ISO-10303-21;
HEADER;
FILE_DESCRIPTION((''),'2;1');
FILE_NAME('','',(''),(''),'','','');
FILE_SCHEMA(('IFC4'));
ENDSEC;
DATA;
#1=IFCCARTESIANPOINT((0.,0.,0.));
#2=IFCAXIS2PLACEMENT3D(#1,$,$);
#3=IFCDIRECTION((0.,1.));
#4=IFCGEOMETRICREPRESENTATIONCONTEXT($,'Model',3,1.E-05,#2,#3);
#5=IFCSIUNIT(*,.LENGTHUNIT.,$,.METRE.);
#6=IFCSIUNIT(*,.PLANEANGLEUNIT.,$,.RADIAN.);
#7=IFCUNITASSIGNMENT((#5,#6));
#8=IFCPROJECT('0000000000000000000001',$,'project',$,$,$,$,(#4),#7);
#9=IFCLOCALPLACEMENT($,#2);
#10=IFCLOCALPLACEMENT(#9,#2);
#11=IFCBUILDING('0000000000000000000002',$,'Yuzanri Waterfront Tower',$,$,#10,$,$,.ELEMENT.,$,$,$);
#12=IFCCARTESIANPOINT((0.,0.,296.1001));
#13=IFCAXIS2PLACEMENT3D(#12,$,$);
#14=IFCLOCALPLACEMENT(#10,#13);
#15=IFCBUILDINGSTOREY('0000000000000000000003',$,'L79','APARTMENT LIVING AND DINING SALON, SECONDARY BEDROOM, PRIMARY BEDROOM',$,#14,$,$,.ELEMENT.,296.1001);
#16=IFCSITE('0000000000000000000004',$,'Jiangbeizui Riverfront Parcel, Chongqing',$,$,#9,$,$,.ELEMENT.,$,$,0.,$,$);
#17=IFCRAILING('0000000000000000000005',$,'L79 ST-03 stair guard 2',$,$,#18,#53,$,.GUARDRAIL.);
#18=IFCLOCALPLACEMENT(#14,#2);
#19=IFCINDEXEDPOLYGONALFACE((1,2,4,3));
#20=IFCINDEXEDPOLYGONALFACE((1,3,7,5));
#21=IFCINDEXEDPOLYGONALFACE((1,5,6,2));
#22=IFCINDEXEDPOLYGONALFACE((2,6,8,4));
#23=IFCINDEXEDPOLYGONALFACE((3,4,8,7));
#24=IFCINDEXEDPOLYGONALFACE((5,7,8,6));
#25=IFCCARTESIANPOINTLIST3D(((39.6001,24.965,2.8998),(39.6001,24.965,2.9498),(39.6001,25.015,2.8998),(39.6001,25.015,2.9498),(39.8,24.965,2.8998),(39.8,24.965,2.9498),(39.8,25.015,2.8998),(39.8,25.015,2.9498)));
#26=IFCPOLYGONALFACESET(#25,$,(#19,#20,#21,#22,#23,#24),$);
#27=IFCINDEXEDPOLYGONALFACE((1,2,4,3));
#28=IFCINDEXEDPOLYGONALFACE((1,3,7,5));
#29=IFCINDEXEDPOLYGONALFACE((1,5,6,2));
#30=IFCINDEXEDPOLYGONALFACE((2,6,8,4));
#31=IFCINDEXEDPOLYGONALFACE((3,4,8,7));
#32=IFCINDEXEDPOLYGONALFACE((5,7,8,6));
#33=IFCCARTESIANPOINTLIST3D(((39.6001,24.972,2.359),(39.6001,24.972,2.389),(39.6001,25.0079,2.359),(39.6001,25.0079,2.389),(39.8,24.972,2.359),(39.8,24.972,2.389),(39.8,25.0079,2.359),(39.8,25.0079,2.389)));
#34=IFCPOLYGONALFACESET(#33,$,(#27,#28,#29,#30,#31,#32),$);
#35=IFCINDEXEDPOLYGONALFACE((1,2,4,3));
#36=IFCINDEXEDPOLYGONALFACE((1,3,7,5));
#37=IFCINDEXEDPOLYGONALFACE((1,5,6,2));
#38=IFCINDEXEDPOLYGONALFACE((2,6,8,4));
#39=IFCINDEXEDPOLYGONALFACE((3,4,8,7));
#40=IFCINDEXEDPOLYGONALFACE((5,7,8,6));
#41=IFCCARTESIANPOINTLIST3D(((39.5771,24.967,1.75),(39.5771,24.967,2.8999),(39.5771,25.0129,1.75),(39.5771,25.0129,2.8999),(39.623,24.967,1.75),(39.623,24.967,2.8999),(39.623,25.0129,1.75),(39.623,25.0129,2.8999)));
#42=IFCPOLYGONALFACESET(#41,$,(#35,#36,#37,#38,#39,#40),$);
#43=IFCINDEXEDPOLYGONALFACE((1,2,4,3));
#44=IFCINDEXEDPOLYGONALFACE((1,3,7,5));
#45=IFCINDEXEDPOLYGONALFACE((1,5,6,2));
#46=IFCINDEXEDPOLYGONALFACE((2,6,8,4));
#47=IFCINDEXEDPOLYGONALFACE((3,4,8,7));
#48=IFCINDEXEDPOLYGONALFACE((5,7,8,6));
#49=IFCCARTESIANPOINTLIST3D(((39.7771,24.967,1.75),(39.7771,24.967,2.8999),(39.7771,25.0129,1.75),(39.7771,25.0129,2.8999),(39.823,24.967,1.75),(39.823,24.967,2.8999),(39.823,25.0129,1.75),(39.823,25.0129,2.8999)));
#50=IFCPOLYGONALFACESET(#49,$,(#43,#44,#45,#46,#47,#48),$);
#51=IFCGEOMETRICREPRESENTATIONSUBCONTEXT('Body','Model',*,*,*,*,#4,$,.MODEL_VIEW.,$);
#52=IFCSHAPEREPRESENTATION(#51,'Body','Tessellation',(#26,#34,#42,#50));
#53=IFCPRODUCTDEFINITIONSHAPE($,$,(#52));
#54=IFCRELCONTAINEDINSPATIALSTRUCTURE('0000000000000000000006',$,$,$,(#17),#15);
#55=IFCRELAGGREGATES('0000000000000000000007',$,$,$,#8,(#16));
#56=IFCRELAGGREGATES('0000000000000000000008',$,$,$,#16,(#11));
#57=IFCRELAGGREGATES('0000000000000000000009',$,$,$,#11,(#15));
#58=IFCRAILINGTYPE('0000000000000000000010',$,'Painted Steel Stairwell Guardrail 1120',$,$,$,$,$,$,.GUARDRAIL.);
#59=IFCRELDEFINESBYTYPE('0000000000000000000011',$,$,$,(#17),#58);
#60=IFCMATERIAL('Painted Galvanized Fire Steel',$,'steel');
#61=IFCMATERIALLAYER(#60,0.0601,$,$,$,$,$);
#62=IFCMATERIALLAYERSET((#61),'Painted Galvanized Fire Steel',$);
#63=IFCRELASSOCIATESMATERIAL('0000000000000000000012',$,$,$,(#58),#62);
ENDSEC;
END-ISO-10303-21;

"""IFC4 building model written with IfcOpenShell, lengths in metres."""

from ifc_helpers import new_model, si_unit, direction, frame, origin, origin_2d, place, context, subcontext, project, spatial, rectangle, extrude, source, transform, mapped, material, layer, layer_set, type_object, element, save


model = new_model("IFC4")

# Units and contexts
model_context = context("Model", 3, precision=1e-05, world=origin(), true_north=direction((0.0, 1.0)))
body_context = subcontext(model_context, "Body", "Model", "MODEL_VIEW")
ifc_project = project(units=[si_unit("LENGTHUNIT", "METRE"), si_unit("PLANEANGLEUNIT", "RADIAN")], contexts=[model_context])

# Site, building, storey
site_placement = place(None, origin())
site = spatial("IfcSite", under=ifc_project, at=site_placement, Name="Jiangbeizui Riverfront Parcel, Chongqing", CompositionType="ELEMENT", RefElevation=0.0)
building_placement = place(site_placement, origin())
building = spatial("IfcBuilding", under=site, at=building_placement, Name="Yuzanri Waterfront Tower", CompositionType="ELEMENT")
storey_placement = place(building_placement, frame((0.0, 0.0, 296.1001)))
storey = spatial("IfcBuildingStorey", under=building, at=storey_placement, Name="L79", Description="APARTMENT LIVING AND DINING SALON, SECONDARY BEDROOM, PRIMARY BEDROOM", CompositionType="ELEMENT", Elevation=296.1001)

# Railing
ifc_material_1 = material(Name="Painted Galvanized Fire Steel", Category="steel")
ifc_layer_1 = layer(ifc_material_1, 0.0601)
ifc_layer_set_1 = layer_set([ifc_layer_1], Name="Painted Galvanized Fire Steel")
railing_type_1 = type_object("IfcRailingType", Name="Painted Steel Stairwell Guardrail 1120", PredefinedType="GUARDRAIL", material=ifc_layer_set_1)
shared_shape_1 = source(origin(), body_context, "Body", "SweptSolid", [
    extrude(rectangle(XDim=0.05, YDim=0.05, at=origin_2d()), frame((0.0, 0.0, 1.1748), z_axis=(1.0, 0.0, 0.0), x_axis=(0.0, 1.0, 0.0)), (0.0, 0.0, 1.0), 0.2),
    extrude(rectangle(XDim=0.0359, YDim=0.03, at=origin_2d()), frame((0.0, 0.0, 0.624), z_axis=(1.0, 0.0, 0.0), x_axis=(0.0, 1.0, 0.0)), (0.0, 0.0, 1.0), 0.2),
    extrude(rectangle(XDim=0.0459, YDim=0.0459, at=origin_2d()), origin(), (0.0, 0.0, 1.0), 1.1499),
    extrude(rectangle(XDim=0.0459, YDim=0.0459, at=origin_2d()), frame((0.2, 0.0, 0.0)), (0.0, 0.0, 1.0), 1.1499),
])
railing_1_placement = place(storey_placement, frame((39.6001, 24.99, 1.75)))
element("IfcRailing", 1, at=railing_1_placement, inside=storey, type_object=railing_type_1, Name="L79 ST-03 stair guard 2", PredefinedType="GUARDRAIL", context=body_context, shape_type="MappedRepresentation", body=[
    mapped(shared_shape_1, transform((0.0, 0.0, 0.0), scale=1.0)),
])

save(model, "model.ifc")
